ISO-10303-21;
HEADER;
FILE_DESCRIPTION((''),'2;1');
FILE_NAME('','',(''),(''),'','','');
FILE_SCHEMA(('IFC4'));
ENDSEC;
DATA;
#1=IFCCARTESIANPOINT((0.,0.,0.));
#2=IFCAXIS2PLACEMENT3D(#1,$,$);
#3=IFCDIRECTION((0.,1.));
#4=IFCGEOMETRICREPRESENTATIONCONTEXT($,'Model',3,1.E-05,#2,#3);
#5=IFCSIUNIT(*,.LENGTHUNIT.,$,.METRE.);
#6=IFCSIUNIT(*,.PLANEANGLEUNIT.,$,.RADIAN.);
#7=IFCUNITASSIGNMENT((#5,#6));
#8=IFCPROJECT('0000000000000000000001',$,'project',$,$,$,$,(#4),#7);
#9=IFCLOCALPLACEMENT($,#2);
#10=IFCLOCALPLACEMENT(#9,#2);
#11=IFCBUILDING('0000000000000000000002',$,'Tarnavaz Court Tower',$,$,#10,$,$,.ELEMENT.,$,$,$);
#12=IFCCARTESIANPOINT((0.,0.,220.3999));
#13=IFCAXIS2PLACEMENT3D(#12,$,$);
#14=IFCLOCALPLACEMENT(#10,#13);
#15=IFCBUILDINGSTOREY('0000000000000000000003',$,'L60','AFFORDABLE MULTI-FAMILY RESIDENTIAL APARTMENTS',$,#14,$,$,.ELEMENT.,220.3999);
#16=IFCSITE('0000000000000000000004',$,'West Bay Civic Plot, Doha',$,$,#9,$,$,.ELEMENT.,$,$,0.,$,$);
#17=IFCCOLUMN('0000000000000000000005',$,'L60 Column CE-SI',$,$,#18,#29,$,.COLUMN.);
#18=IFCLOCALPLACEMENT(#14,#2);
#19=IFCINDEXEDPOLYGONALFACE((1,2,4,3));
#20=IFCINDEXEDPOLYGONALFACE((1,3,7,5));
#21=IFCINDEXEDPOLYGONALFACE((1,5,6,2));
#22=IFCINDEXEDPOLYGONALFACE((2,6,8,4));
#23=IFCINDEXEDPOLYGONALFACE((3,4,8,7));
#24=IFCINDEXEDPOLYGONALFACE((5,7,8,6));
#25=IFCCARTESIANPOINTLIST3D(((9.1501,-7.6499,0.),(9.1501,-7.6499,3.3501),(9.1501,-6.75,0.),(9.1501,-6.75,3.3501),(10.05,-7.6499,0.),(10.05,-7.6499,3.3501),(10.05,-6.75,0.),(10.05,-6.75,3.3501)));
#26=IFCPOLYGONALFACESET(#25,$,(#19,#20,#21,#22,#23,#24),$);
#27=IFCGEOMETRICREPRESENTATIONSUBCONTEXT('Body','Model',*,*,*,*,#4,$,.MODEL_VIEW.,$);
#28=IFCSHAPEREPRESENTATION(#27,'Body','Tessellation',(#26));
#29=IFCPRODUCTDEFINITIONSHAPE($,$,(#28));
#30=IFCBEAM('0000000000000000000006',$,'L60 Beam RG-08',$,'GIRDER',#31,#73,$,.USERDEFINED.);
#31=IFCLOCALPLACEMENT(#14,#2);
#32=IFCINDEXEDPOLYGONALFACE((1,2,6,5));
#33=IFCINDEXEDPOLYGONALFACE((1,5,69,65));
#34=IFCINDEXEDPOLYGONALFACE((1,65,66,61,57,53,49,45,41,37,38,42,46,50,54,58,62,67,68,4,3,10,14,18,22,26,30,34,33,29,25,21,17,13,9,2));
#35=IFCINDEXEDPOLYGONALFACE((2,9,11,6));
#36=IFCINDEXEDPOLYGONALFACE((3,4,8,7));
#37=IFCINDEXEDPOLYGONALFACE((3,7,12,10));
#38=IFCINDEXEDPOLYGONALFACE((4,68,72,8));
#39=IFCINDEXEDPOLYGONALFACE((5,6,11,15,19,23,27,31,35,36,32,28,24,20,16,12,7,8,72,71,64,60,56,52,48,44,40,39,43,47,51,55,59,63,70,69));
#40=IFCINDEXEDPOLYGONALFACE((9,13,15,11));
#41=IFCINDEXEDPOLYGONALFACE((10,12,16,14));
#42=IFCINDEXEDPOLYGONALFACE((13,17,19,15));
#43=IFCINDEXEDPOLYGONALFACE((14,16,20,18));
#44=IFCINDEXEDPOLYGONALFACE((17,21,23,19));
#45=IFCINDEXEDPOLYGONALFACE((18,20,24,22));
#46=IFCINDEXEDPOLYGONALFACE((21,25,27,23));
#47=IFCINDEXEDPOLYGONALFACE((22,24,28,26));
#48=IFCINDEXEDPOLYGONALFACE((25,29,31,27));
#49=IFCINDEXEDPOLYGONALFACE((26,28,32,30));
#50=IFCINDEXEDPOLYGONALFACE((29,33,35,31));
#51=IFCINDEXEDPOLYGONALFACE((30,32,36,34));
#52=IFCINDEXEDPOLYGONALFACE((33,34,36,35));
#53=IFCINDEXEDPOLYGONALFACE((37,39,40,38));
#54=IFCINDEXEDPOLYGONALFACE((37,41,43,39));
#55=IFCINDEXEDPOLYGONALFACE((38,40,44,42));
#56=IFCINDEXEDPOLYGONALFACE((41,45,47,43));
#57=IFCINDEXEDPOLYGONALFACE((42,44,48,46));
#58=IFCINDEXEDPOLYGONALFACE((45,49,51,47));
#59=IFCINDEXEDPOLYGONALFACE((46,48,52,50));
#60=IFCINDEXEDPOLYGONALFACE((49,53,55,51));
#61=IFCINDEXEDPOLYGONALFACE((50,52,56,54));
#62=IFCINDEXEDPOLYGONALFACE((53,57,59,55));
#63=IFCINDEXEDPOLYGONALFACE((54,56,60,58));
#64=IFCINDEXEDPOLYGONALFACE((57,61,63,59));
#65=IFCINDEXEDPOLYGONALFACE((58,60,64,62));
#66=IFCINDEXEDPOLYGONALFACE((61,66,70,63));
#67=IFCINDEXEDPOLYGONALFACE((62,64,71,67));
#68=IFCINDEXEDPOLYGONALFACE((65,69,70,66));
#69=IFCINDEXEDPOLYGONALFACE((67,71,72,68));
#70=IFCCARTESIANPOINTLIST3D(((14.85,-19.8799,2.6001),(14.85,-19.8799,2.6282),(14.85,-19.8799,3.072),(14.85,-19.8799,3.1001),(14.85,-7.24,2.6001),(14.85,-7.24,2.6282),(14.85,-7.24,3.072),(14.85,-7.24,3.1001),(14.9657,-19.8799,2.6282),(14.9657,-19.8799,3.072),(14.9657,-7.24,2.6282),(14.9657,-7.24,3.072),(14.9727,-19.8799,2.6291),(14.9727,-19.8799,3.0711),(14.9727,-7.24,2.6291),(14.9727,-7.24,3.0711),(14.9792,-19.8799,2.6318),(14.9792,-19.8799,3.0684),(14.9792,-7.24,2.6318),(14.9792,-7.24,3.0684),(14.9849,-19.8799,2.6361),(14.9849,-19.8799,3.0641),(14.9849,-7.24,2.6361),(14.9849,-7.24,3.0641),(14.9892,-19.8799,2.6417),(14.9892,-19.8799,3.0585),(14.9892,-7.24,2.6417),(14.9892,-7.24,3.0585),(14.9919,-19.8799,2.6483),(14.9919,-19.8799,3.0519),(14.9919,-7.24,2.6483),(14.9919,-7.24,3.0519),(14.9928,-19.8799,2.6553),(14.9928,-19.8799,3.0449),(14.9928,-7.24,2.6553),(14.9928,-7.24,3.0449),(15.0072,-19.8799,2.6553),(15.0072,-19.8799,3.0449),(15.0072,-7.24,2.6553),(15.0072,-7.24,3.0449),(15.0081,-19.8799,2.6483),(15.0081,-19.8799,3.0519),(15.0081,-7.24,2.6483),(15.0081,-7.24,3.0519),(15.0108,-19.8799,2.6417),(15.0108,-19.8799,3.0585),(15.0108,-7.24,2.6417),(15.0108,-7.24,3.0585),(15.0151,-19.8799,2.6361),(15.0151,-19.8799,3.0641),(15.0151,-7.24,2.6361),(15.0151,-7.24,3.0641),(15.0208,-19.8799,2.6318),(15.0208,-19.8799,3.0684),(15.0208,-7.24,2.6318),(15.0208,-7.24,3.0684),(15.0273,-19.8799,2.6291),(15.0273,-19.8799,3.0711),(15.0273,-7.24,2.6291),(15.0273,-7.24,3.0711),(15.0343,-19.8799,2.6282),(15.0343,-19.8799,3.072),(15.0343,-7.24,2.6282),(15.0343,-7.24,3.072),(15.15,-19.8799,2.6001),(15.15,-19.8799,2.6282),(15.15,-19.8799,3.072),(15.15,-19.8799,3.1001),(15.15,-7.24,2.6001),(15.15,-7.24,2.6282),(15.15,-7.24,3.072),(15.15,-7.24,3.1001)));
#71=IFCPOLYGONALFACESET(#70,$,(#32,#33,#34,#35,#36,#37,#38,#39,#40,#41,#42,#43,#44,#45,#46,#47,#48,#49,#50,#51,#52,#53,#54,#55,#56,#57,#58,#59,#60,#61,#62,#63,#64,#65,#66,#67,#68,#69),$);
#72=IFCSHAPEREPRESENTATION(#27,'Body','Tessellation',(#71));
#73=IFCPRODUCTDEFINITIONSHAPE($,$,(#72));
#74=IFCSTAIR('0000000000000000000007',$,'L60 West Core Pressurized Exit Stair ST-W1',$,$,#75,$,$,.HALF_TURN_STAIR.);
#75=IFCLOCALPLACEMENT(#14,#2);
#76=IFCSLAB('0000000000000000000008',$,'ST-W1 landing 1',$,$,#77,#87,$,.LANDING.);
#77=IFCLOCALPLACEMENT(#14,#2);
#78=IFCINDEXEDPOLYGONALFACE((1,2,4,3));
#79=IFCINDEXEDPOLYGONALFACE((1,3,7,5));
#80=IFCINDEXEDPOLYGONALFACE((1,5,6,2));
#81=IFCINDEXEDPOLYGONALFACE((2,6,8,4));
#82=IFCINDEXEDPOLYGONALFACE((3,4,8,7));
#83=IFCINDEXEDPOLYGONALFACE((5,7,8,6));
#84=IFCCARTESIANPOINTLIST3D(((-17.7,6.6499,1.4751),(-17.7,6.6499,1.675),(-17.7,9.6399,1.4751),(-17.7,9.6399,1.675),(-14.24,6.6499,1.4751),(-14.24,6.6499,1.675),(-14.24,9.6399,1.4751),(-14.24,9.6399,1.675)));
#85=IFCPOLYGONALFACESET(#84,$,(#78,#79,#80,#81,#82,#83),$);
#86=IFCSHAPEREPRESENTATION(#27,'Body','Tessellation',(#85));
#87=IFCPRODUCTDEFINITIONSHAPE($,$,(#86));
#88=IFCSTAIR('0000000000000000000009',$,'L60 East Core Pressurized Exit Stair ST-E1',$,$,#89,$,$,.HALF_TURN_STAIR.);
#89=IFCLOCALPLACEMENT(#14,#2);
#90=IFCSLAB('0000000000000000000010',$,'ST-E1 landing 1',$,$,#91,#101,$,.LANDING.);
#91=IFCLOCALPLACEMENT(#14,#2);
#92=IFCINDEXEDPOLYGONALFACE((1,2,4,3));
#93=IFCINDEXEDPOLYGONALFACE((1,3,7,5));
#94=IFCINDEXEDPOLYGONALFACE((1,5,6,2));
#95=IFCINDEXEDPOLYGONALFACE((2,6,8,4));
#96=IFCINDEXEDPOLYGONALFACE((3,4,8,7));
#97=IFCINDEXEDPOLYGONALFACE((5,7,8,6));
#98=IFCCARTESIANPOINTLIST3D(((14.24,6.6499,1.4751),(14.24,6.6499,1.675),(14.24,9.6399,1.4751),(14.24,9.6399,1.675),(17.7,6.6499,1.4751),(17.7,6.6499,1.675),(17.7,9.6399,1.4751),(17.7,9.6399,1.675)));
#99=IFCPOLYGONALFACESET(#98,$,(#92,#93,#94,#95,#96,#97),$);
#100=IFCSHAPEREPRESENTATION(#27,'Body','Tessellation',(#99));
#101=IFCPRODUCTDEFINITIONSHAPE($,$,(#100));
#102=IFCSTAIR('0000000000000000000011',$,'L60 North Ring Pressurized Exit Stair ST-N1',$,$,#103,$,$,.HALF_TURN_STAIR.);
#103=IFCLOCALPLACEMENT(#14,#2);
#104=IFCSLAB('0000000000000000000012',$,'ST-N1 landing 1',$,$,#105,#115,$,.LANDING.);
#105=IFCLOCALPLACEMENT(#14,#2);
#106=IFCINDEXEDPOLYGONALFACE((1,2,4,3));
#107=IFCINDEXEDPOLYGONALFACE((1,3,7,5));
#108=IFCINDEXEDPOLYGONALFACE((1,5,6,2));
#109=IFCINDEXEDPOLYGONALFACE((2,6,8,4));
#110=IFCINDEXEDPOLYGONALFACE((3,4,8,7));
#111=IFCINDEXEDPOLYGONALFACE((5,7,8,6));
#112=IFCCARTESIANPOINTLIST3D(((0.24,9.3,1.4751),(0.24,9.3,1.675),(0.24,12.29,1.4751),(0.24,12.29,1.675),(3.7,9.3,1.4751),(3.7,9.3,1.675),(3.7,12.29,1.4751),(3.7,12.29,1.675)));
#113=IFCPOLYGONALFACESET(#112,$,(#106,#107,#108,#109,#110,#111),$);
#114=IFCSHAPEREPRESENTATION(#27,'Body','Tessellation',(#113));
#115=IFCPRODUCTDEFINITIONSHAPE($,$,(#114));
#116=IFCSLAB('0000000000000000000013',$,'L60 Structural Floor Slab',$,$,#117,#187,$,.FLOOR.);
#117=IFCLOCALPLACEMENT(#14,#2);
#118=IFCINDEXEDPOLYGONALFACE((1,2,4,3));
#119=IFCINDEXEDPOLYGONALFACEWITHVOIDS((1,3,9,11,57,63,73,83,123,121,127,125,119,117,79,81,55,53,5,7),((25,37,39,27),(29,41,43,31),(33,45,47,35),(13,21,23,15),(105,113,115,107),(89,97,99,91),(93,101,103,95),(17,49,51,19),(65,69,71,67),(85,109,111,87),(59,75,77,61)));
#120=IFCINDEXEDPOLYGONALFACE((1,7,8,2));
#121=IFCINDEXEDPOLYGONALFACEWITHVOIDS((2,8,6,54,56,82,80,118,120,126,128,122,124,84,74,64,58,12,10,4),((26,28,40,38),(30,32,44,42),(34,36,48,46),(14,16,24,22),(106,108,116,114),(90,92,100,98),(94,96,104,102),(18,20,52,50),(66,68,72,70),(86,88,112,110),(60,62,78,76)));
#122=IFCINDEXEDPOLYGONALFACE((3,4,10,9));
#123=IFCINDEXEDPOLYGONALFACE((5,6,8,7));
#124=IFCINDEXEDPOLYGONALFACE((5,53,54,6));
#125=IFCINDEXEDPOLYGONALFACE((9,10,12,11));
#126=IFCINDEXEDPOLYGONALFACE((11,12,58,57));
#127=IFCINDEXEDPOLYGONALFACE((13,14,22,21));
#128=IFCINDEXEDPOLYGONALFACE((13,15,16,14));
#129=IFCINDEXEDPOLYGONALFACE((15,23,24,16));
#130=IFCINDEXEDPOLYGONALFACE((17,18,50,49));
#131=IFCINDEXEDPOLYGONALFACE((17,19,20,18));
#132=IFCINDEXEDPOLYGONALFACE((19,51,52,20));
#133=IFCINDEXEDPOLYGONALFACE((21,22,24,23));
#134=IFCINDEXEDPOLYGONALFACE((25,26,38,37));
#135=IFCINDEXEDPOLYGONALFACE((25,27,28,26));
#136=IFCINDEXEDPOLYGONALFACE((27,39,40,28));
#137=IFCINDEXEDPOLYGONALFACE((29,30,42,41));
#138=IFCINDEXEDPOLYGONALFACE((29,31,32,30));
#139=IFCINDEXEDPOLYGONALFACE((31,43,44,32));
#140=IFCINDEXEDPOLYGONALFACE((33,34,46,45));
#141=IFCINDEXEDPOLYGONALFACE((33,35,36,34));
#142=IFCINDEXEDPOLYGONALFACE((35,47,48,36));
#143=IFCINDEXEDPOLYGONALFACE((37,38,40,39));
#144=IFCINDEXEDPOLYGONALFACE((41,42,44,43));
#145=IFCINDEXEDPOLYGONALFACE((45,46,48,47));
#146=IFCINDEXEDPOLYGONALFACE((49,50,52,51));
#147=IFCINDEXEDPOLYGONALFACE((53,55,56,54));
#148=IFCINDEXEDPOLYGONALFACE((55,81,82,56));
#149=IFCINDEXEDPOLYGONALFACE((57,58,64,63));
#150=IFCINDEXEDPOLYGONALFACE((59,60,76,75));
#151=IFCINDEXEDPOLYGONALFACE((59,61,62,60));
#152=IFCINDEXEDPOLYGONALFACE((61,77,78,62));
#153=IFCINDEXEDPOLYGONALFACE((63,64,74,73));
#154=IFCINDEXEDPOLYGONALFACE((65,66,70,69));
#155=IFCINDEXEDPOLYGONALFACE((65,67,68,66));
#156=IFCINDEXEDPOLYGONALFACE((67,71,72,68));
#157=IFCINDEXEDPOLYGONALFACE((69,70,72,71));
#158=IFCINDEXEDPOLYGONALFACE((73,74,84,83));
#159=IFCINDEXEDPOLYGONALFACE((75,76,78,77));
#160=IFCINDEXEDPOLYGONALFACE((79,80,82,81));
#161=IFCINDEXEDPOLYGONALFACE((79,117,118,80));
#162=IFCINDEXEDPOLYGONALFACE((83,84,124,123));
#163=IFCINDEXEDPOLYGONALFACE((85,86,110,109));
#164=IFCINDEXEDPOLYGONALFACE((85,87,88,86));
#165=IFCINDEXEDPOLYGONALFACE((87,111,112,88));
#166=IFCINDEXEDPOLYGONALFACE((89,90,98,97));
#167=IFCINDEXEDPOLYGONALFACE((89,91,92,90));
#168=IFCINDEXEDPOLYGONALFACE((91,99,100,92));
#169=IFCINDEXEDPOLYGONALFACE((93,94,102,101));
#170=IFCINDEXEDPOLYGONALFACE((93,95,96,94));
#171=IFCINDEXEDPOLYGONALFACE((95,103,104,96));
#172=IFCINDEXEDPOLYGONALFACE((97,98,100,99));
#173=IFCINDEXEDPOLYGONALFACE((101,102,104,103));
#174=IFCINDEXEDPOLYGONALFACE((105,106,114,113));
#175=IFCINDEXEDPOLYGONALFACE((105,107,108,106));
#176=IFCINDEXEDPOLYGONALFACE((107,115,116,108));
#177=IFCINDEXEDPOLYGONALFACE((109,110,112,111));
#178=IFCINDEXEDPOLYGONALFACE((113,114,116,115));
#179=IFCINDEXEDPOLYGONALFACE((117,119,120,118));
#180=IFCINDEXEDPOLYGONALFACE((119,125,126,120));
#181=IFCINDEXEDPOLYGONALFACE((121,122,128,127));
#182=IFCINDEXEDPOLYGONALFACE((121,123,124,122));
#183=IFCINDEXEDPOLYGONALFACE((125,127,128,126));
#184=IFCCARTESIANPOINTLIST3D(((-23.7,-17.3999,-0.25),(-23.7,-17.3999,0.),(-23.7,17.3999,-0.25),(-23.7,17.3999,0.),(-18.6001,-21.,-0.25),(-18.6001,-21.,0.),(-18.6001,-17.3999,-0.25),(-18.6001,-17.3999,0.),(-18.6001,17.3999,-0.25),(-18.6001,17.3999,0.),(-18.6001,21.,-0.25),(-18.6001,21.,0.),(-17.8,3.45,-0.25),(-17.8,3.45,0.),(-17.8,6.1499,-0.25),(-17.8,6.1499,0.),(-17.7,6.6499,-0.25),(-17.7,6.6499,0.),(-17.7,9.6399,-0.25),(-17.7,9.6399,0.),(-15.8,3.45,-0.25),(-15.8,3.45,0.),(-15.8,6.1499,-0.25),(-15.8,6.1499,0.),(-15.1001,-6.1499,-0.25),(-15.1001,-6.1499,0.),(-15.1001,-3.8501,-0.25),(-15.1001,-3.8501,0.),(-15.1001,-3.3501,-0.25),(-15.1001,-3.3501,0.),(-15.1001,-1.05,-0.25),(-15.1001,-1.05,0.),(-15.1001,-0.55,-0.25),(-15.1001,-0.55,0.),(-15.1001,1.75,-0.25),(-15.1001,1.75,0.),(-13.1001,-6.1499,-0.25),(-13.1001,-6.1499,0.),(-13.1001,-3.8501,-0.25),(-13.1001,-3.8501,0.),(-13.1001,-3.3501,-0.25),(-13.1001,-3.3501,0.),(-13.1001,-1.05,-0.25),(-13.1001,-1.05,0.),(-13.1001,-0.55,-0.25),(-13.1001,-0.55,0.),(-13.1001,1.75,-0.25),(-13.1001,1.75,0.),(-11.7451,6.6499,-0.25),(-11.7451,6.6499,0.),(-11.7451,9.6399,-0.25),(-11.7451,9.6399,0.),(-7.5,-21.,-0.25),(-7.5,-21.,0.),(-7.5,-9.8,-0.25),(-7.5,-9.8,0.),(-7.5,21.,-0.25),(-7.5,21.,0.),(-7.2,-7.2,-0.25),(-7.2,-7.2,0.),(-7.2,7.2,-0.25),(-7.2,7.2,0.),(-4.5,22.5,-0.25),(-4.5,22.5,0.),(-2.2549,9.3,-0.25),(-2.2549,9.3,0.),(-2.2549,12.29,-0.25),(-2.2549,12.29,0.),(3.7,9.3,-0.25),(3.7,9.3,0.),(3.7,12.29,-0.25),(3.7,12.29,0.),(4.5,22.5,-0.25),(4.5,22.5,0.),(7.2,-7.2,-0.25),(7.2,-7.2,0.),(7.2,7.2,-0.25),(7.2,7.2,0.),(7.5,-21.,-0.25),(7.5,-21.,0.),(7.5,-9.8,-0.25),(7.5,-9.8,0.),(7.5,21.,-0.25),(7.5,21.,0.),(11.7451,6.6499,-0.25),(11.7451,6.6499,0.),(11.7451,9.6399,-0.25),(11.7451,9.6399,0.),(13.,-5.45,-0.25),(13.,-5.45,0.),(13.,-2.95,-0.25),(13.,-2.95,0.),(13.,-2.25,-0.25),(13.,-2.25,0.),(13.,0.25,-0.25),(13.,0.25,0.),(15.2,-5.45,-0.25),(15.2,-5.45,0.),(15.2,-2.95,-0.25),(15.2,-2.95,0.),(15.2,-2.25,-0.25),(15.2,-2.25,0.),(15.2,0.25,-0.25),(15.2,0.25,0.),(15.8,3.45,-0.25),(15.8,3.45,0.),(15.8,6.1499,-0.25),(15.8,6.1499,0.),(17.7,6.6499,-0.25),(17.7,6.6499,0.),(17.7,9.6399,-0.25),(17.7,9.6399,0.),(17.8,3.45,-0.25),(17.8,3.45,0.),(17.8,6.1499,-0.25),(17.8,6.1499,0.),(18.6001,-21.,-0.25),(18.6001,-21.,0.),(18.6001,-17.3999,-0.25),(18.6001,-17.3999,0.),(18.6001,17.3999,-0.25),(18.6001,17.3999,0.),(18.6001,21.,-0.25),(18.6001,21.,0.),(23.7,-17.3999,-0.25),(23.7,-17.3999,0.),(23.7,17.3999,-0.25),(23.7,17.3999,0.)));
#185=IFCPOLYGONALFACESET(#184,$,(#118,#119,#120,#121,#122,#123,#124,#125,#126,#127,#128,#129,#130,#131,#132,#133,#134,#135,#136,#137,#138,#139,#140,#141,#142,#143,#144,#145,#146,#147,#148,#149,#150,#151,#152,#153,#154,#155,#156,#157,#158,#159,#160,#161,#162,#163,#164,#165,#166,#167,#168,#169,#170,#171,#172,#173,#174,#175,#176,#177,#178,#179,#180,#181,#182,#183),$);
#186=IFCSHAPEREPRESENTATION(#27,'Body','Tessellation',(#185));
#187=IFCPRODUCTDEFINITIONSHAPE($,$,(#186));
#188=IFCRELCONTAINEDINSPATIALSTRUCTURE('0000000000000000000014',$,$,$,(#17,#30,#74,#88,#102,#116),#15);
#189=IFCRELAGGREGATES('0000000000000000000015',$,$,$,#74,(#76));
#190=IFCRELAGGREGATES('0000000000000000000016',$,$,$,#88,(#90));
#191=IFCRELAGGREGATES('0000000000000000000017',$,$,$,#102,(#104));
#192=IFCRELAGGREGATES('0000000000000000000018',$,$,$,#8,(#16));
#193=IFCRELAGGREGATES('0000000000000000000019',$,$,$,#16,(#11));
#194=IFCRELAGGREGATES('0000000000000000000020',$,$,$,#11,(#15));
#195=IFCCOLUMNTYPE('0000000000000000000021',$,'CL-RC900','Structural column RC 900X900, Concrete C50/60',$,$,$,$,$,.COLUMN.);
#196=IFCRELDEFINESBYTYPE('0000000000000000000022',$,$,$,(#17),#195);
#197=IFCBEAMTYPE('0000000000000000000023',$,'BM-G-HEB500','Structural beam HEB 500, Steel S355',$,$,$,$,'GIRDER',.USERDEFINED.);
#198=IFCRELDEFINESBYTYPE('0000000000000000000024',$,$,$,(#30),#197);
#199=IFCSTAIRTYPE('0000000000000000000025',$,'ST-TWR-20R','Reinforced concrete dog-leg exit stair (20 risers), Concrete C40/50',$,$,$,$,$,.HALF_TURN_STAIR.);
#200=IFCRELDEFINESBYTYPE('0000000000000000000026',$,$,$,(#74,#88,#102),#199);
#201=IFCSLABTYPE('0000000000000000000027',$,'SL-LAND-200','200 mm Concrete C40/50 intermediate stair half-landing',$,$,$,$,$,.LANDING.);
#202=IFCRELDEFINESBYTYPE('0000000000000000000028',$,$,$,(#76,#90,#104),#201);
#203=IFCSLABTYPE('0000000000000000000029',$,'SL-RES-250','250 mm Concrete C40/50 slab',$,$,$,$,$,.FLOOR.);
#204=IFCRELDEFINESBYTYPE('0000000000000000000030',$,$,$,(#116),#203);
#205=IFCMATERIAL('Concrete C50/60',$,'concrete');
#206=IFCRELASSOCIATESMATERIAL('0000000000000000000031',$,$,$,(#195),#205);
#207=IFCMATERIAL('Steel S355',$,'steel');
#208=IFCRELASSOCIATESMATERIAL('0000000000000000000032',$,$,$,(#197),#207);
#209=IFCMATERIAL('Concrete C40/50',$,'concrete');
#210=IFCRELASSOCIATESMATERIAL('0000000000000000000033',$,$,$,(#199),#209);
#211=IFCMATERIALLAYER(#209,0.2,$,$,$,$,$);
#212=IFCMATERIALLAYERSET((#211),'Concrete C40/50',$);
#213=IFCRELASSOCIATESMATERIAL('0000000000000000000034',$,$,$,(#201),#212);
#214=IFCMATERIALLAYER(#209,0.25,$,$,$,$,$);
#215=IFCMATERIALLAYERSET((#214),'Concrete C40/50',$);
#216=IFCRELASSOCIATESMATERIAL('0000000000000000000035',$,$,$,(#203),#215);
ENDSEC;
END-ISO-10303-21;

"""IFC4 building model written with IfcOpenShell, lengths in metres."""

from ifc_helpers import new_model, si_unit, direction, frame, origin, origin_2d, place, context, subcontext, project, spatial, polyline, rectangle, i_section, outline, extrude, material, layer, layer_set, material_profile, profile_set, type_object, element, aggregate, save


model = new_model("IFC4")

# Units and contexts
model_context = context("Model", 3, precision=1e-05, world=origin(), true_north=direction((0.0, 1.0)))
body_context = subcontext(model_context, "Body", "Model", "MODEL_VIEW")
ifc_project = project(units=[si_unit("LENGTHUNIT", "METRE"), si_unit("PLANEANGLEUNIT", "RADIAN")], contexts=[model_context])

# Site, building, storey
site_placement = place(None, origin())
site = spatial("IfcSite", under=ifc_project, at=site_placement, Name="West Bay Civic Plot, Doha", CompositionType="ELEMENT", RefElevation=0.0)
building_placement = place(site_placement, origin())
building = spatial("IfcBuilding", under=site, at=building_placement, Name="Tarnavaz Court Tower", CompositionType="ELEMENT")
storey_placement = place(building_placement, frame((0.0, 0.0, 220.3999)))
storey = spatial("IfcBuildingStorey", under=building, at=storey_placement, Name="L60", Description="AFFORDABLE MULTI-FAMILY RESIDENTIAL APARTMENTS", CompositionType="ELEMENT", Elevation=220.3999)

# Column
ifc_material_1 = material(Name="Concrete C50/60", Category="concrete")
ifc_material_profile_1 = material_profile(ifc_material_1, rectangle(XDim=0.8999, YDim=0.8999, at=origin_2d()), Name="RC 900X900")
ifc_profile_set_1 = profile_set([ifc_material_profile_1], Name="Concrete C50/60")
column_type = type_object("IfcColumnType", Name="CL-RC900", Description="Structural column RC 900X900, Concrete C50/60", PredefinedType="COLUMN", material=ifc_profile_set_1)
column_placement = place(storey_placement, frame((9.6001, -7.2, 0.0), z_axis=(0.0, 0.0, 1.0), x_axis=(1.0, 0.0, 0.0)))
element("IfcColumn", 1, at=column_placement, inside=storey, type_object=column_type, Name="L60 Column CE-SI", PredefinedType="COLUMN", context=body_context, shape_type="SweptSolid", body=[
    extrude(rectangle(XDim=0.8999, YDim=0.8999, at=origin_2d()), origin(), (0.0, 0.0, 1.0), 3.3501),
])

# Beam
ifc_material_2 = material(Name="Steel S355", Category="steel")
ifc_material_profile_2 = material_profile(ifc_material_2, i_section(OverallWidth=0.3, OverallDepth=0.5, WebThickness=0.0144, FlangeThickness=0.0281, FilletRadius=0.0271, at=origin_2d()), Name="HEB 500")
ifc_profile_set_2 = profile_set([ifc_material_profile_2], Name="Steel S355")
beam_type = type_object("IfcBeamType", Name="BM-G-HEB500", Description="Structural beam HEB 500, Steel S355", ElementType="GIRDER", PredefinedType="USERDEFINED", material=ifc_profile_set_2)
beam_placement = place(storey_placement, frame((15.0, -7.24, 2.8501), z_axis=(0.0, -1.0, 0.0), x_axis=(1.0, 0.0, 0.0)))
element("IfcBeam", 2, at=beam_placement, inside=storey, type_object=beam_type, Name="L60 Beam RG-08", ObjectType="GIRDER", PredefinedType="USERDEFINED", context=body_context, shape_type="SweptSolid", body=[
    extrude(i_section(OverallWidth=0.3, OverallDepth=0.5, WebThickness=0.0144, FlangeThickness=0.0281, FilletRadius=0.0271, at=origin_2d()), origin(), (0.0, 0.0, 1.0), 12.6399),
])

# Stairs, slabs
ifc_material_3 = material(Name="Concrete C40/50", Category="concrete")
stair_type = type_object("IfcStairType", Name="ST-TWR-20R", Description="Reinforced concrete dog-leg exit stair (20 risers), Concrete C40/50", PredefinedType="HALF_TURN_STAIR", material=ifc_material_3)
stair_1_placement = place(storey_placement, origin())
stair_1 = element("IfcStair", 3, at=stair_1_placement, inside=storey, type_object=stair_type, Name="L60 West Core Pressurized Exit Stair ST-W1", PredefinedType="HALF_TURN_STAIR")
ifc_layer_1 = layer(ifc_material_3, 0.2)
ifc_layer_set_1 = layer_set([ifc_layer_1], Name="Concrete C40/50")
slab_type_1 = type_object("IfcSlabType", Name="SL-LAND-200", Description="200 mm Concrete C40/50 intermediate stair half-landing", PredefinedType="LANDING", material=ifc_layer_set_1)
slab_1_placement = place(storey_placement, frame((0.0, 0.0, 1.4751)))
slab_1 = element("IfcSlab", 4, at=slab_1_placement, type_object=slab_type_1, Name="ST-W1 landing 1", PredefinedType="LANDING", context=body_context, shape_type="SweptSolid", body=[
    extrude(outline(polyline([(-14.24, 9.6399), (-17.7, 9.6399), (-17.7, 6.6499), (-14.24, 6.6499), (-14.24, 9.6399)])), origin(), (0.0, 0.0, 1.0), 0.2),
])
aggregate(stair_1, [slab_1])
stair_2_placement = place(storey_placement, origin())
stair_2 = element("IfcStair", 5, at=stair_2_placement, inside=storey, type_object=stair_type, Name="L60 East Core Pressurized Exit Stair ST-E1", PredefinedType="HALF_TURN_STAIR")
slab_2_placement = place(storey_placement, frame((0.0, 0.0, 1.4751)))
slab_2 = element("IfcSlab", 6, at=slab_2_placement, type_object=slab_type_1, Name="ST-E1 landing 1", PredefinedType="LANDING", context=body_context, shape_type="SweptSolid", body=[
    extrude(outline(polyline([(14.24, 6.6499), (17.7, 6.6499), (17.7, 9.6399), (14.24, 9.6399), (14.24, 6.6499)])), origin(), (0.0, 0.0, 1.0), 0.2),
])
aggregate(stair_2, [slab_2])
stair_3_placement = place(storey_placement, origin())
stair_3 = element("IfcStair", 7, at=stair_3_placement, inside=storey, type_object=stair_type, Name="L60 North Ring Pressurized Exit Stair ST-N1", PredefinedType="HALF_TURN_STAIR")
slab_3_placement = place(storey_placement, frame((0.0, 0.0, 1.4751)))
slab_3 = element("IfcSlab", 8, at=slab_3_placement, type_object=slab_type_1, Name="ST-N1 landing 1", PredefinedType="LANDING", context=body_context, shape_type="SweptSolid", body=[
    extrude(outline(polyline([(0.24, 9.3), (3.7, 9.3), (3.7, 12.29), (0.24, 12.29), (0.24, 9.3)])), origin(), (0.0, 0.0, 1.0), 0.2),
])
aggregate(stair_3, [slab_3])

# Slab
ifc_layer_2 = layer(ifc_material_3, 0.25)
ifc_layer_set_2 = layer_set([ifc_layer_2], Name="Concrete C40/50")
slab_type_2 = type_object("IfcSlabType", Name="SL-RES-250", Description="250 mm Concrete C40/50 slab", PredefinedType="FLOOR", material=ifc_layer_set_2)
slab_4_placement = place(storey_placement, frame((0.0, 0.0, -0.25)))
element("IfcSlab", 9, at=slab_4_placement, inside=storey, type_object=slab_type_2, Name="L60 Structural Floor Slab", PredefinedType="FLOOR", context=body_context, shape_type="SweptSolid", body=[
    extrude(outline(polyline([(-18.6001, -21.0), (-7.5, -21.0), (-7.5, -9.8), (7.5, -9.8), (7.5, -21.0), (18.6001, -21.0), (18.6001, -17.3999), (23.7, -17.3999), (23.7, 17.3999), (18.6001, 17.3999), (18.6001, 21.0), (7.5, 21.0), (4.5, 22.5), (-4.5, 22.5), (-7.5, 21.0), (-18.6001, 21.0), (-18.6001, 17.3999), (-23.7, 17.3999), (-23.7, -17.3999), (-18.6001, -17.3999), (-18.6001, -21.0)]), holes=[polyline([(-7.2, -7.2), (7.2, -7.2), (7.2, 7.2), (-7.2, 7.2), (-7.2, -7.2)]), polyline([(-11.7451, 9.6399), (-17.7, 9.6399), (-17.7, 6.6499), (-11.7451, 6.6499), (-11.7451, 9.6399)]), polyline([(11.7451, 6.6499), (17.7, 6.6499), (17.7, 9.6399), (11.7451, 9.6399), (11.7451, 6.6499)]), polyline([(-2.2549, 9.3), (3.7, 9.3), (3.7, 12.29), (-2.2549, 12.29), (-2.2549, 9.3)]), polyline([(-17.8, 3.45), (-15.8, 3.45), (-15.8, 6.1499), (-17.8, 6.1499), (-17.8, 3.45)]), polyline([(-15.1001, -6.1499), (-13.1001, -6.1499), (-13.1001, -3.8501), (-15.1001, -3.8501), (-15.1001, -6.1499)]), polyline([(-15.1001, -3.3501), (-13.1001, -3.3501), (-13.1001, -1.05), (-15.1001, -1.05), (-15.1001, -3.3501)]), polyline([(-15.1001, -0.55), (-13.1001, -0.55), (-13.1001, 1.75), (-15.1001, 1.75), (-15.1001, -0.55)]), polyline([(15.8, 3.45), (17.8, 3.45), (17.8, 6.1499), (15.8, 6.1499), (15.8, 3.45)]), polyline([(13.0, -5.45), (15.2, -5.45), (15.2, -2.95), (13.0, -2.95), (13.0, -5.45)]), polyline([(13.0, -2.25), (15.2, -2.25), (15.2, 0.25), (13.0, 0.25), (13.0, -2.25)])]), origin(), (0.0, 0.0, 1.0), 0.25),
])

save(model, "model.ifc")
